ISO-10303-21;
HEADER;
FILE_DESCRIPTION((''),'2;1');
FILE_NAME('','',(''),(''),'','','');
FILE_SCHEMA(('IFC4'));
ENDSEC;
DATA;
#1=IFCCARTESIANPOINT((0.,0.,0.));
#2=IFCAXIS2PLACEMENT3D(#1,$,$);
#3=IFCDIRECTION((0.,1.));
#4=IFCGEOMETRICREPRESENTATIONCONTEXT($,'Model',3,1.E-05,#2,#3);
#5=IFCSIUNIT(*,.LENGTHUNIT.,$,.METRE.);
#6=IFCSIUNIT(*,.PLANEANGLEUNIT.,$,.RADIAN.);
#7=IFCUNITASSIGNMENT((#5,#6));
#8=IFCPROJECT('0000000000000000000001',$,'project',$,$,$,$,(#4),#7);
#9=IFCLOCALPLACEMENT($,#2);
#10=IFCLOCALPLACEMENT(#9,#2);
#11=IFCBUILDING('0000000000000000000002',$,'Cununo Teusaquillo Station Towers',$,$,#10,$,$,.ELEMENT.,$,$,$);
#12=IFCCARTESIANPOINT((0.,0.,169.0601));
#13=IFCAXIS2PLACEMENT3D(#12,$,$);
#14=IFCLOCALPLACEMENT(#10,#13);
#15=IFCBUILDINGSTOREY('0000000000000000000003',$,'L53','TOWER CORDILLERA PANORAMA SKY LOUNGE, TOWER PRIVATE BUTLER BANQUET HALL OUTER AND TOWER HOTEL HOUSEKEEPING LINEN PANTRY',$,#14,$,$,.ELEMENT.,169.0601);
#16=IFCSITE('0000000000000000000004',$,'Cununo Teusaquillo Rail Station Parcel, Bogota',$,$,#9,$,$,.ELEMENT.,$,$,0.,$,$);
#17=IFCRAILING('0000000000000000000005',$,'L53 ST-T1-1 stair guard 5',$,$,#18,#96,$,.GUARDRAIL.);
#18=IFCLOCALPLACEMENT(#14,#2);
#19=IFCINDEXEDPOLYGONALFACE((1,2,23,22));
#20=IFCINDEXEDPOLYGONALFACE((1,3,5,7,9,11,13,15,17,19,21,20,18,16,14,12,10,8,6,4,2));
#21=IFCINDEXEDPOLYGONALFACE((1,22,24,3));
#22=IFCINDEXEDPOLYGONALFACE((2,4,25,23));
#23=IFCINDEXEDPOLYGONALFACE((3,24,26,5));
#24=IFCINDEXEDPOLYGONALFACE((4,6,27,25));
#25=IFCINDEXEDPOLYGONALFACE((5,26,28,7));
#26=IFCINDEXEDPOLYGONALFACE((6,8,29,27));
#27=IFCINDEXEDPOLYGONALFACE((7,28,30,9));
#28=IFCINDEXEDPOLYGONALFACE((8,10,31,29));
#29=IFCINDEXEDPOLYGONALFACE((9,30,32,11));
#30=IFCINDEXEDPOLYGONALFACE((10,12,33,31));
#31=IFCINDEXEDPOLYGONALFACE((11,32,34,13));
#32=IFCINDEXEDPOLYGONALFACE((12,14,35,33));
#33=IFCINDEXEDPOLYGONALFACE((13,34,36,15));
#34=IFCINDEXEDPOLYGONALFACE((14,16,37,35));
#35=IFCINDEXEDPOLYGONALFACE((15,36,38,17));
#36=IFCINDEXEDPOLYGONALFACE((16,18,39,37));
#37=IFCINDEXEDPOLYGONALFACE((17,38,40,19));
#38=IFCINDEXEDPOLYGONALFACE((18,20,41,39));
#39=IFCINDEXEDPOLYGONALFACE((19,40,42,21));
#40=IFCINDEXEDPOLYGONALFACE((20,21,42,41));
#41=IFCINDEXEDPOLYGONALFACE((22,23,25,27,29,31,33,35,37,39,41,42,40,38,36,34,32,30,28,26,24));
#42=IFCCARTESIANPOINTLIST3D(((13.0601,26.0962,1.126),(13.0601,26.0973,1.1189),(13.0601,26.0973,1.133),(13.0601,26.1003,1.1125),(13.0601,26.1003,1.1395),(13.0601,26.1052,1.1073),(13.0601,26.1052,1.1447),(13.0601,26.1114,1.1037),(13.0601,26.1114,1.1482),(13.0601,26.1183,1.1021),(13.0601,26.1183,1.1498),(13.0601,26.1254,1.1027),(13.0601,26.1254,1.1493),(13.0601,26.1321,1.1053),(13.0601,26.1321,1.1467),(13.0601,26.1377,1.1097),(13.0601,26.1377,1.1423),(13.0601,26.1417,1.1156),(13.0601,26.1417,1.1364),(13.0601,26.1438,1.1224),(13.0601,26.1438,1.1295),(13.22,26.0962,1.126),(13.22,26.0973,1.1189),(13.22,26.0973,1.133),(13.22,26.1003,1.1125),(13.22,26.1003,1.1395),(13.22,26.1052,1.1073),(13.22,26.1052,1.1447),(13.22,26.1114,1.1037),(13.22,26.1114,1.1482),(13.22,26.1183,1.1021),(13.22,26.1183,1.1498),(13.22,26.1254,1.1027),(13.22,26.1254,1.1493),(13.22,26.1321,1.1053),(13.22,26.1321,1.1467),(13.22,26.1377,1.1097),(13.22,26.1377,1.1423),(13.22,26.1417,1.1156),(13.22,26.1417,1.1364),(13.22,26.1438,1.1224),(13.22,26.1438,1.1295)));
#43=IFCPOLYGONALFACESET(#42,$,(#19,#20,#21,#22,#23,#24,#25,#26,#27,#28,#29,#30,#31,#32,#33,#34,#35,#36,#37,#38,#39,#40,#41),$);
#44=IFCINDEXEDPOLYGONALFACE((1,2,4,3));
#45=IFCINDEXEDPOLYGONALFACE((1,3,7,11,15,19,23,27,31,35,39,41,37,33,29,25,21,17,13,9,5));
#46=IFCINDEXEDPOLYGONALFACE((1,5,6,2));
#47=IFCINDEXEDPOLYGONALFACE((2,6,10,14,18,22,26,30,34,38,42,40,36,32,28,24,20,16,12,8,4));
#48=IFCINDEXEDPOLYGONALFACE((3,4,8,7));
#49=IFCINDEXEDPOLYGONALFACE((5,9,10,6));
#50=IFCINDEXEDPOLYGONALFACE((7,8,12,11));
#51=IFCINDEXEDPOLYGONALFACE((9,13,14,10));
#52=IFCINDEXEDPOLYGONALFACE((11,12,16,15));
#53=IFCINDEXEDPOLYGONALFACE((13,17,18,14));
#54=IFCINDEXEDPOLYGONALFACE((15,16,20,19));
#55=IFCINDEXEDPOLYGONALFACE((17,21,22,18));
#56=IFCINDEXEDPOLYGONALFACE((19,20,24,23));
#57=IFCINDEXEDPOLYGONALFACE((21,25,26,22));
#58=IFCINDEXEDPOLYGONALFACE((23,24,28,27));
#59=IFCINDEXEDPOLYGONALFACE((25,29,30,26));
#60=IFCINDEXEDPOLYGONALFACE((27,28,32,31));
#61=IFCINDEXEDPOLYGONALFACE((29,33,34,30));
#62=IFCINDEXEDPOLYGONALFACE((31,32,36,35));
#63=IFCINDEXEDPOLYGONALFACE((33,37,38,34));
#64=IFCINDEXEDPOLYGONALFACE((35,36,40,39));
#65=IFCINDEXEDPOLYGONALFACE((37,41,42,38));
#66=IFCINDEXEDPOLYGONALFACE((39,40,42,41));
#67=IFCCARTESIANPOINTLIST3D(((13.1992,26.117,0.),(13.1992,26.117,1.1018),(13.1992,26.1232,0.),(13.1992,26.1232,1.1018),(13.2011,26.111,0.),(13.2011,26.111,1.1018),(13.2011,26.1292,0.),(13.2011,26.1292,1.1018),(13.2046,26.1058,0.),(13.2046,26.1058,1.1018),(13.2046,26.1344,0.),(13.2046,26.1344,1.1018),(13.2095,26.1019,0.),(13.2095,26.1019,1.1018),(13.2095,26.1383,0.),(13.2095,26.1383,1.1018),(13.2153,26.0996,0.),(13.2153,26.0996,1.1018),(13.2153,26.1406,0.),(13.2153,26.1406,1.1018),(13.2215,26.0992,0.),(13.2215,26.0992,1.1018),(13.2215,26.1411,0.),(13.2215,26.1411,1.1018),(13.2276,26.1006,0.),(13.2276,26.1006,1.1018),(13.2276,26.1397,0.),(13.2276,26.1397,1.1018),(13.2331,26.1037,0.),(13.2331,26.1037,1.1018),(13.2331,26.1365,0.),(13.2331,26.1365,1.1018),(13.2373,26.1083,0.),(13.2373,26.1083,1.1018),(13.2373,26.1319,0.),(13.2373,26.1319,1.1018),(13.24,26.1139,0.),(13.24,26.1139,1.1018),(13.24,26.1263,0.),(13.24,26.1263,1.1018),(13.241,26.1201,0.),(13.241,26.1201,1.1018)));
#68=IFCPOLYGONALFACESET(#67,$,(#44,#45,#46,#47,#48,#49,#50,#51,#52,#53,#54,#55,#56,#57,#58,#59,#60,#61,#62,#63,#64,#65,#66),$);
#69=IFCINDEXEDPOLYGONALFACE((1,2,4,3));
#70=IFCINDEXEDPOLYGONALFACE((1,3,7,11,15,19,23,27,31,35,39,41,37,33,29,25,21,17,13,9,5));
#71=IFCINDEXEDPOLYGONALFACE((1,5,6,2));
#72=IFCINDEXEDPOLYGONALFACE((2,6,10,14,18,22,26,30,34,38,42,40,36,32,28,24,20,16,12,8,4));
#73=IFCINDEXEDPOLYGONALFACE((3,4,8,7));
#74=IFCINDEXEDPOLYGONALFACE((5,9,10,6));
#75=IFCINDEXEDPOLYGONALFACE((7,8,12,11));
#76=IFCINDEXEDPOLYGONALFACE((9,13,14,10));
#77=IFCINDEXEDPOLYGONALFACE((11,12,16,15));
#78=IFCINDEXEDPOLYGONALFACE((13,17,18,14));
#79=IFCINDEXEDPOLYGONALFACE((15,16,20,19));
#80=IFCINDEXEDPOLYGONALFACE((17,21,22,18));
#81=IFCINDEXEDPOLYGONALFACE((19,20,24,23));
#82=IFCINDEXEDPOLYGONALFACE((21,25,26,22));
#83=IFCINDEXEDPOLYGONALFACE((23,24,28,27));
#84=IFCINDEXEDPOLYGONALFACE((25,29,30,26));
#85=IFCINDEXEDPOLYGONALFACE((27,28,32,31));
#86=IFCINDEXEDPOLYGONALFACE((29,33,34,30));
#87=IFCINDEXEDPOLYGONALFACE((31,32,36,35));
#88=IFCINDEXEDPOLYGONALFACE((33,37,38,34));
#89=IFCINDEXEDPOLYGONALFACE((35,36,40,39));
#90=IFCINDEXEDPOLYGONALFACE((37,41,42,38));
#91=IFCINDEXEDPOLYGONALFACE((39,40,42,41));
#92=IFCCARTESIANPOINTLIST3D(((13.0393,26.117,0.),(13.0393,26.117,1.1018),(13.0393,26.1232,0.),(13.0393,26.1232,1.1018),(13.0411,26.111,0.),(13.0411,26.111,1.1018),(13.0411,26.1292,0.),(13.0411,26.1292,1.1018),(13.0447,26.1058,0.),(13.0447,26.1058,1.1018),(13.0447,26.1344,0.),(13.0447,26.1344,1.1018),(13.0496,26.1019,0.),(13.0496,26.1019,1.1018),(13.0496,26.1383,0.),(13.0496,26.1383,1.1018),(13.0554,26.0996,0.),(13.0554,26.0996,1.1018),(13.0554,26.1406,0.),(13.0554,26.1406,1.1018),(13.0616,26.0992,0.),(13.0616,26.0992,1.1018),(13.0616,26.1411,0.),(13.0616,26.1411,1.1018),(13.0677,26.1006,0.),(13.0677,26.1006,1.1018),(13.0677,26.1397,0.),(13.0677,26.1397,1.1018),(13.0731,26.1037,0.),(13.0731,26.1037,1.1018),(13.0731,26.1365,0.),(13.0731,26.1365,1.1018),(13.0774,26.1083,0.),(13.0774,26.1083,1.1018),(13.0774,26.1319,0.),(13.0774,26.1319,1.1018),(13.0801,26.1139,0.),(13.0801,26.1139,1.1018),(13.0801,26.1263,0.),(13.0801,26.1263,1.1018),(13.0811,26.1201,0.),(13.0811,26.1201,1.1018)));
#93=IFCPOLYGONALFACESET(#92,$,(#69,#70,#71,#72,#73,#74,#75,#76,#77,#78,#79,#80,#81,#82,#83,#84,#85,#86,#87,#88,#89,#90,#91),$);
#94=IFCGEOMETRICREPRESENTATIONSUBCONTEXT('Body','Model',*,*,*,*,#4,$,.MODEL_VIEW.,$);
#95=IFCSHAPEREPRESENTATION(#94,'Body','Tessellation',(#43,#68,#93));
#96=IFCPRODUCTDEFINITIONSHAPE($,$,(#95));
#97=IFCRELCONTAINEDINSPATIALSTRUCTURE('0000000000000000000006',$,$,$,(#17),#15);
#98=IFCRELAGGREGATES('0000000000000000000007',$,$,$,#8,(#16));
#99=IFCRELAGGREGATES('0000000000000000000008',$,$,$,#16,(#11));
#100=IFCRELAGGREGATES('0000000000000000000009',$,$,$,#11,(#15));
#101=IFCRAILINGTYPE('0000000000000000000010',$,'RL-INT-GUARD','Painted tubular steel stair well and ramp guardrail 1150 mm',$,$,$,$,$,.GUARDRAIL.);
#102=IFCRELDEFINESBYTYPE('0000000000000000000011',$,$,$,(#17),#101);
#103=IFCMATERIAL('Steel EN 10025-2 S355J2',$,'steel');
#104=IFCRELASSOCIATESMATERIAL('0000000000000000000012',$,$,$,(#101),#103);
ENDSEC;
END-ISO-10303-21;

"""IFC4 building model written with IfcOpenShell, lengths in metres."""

from ifc_helpers import new_model, si_unit, direction, frame, origin, origin_2d, place, context, subcontext, project, spatial, circle, extrude, material, type_object, element, save


model = new_model("IFC4")

# Units and contexts
model_context = context("Model", 3, precision=1e-05, world=origin(), true_north=direction((0.0, 1.0)))
body_context = subcontext(model_context, "Body", "Model", "MODEL_VIEW")
ifc_project = project(units=[si_unit("LENGTHUNIT", "METRE"), si_unit("PLANEANGLEUNIT", "RADIAN")], contexts=[model_context])

# Site, building, storey
site_placement = place(None, origin())
site = spatial("IfcSite", under=ifc_project, at=site_placement, Name="Cununo Teusaquillo Rail Station Parcel, Bogota", CompositionType="ELEMENT", RefElevation=0.0)
building_placement = place(site_placement, origin())
building = spatial("IfcBuilding", under=site, at=building_placement, Name="Cununo Teusaquillo Station Towers", CompositionType="ELEMENT")
storey_placement = place(building_placement, frame((0.0, 0.0, 169.0601)))
storey = spatial("IfcBuildingStorey", under=building, at=storey_placement, Name="L53", Description="TOWER CORDILLERA PANORAMA SKY LOUNGE, TOWER PRIVATE BUTLER BANQUET HALL OUTER AND TOWER HOTEL HOUSEKEEPING LINEN PANTRY", CompositionType="ELEMENT", Elevation=169.0601)

# Railing
ifc_material_1 = material(Name="Steel EN 10025-2 S355J2", Category="steel")
railing_type_1 = type_object("IfcRailingType", Name="RL-INT-GUARD", Description="Painted tubular steel stair well and ramp guardrail 1150 mm", PredefinedType="GUARDRAIL", material=ifc_material_1)
railing_1_placement = place(storey_placement, frame((13.22, 26.1201, 0.0)))
element("IfcRailing", 1, at=railing_1_placement, inside=storey, type_object=railing_type_1, Name="L53 ST-T1-1 stair guard 5", PredefinedType="GUARDRAIL", context=body_context, shape_type="SweptSolid", body=[
    extrude(circle(Radius=0.0239, at=origin_2d()), frame((0.0, 0.0, 1.126), z_axis=(-1.0, 0.0, 0.0), x_axis=(0.0, -1.0, 0.0)), (0.0, 0.0, 1.0), 0.1599),
    extrude(circle(Radius=0.021, at=origin_2d()), origin(), (0.0, 0.0, 1.0), 1.1018),
    extrude(circle(Radius=0.021, at=origin_2d()), frame((-0.1599, 0.0, 0.0)), (0.0, 0.0, 1.0), 1.1018),
])

save(model, "model.ifc")
